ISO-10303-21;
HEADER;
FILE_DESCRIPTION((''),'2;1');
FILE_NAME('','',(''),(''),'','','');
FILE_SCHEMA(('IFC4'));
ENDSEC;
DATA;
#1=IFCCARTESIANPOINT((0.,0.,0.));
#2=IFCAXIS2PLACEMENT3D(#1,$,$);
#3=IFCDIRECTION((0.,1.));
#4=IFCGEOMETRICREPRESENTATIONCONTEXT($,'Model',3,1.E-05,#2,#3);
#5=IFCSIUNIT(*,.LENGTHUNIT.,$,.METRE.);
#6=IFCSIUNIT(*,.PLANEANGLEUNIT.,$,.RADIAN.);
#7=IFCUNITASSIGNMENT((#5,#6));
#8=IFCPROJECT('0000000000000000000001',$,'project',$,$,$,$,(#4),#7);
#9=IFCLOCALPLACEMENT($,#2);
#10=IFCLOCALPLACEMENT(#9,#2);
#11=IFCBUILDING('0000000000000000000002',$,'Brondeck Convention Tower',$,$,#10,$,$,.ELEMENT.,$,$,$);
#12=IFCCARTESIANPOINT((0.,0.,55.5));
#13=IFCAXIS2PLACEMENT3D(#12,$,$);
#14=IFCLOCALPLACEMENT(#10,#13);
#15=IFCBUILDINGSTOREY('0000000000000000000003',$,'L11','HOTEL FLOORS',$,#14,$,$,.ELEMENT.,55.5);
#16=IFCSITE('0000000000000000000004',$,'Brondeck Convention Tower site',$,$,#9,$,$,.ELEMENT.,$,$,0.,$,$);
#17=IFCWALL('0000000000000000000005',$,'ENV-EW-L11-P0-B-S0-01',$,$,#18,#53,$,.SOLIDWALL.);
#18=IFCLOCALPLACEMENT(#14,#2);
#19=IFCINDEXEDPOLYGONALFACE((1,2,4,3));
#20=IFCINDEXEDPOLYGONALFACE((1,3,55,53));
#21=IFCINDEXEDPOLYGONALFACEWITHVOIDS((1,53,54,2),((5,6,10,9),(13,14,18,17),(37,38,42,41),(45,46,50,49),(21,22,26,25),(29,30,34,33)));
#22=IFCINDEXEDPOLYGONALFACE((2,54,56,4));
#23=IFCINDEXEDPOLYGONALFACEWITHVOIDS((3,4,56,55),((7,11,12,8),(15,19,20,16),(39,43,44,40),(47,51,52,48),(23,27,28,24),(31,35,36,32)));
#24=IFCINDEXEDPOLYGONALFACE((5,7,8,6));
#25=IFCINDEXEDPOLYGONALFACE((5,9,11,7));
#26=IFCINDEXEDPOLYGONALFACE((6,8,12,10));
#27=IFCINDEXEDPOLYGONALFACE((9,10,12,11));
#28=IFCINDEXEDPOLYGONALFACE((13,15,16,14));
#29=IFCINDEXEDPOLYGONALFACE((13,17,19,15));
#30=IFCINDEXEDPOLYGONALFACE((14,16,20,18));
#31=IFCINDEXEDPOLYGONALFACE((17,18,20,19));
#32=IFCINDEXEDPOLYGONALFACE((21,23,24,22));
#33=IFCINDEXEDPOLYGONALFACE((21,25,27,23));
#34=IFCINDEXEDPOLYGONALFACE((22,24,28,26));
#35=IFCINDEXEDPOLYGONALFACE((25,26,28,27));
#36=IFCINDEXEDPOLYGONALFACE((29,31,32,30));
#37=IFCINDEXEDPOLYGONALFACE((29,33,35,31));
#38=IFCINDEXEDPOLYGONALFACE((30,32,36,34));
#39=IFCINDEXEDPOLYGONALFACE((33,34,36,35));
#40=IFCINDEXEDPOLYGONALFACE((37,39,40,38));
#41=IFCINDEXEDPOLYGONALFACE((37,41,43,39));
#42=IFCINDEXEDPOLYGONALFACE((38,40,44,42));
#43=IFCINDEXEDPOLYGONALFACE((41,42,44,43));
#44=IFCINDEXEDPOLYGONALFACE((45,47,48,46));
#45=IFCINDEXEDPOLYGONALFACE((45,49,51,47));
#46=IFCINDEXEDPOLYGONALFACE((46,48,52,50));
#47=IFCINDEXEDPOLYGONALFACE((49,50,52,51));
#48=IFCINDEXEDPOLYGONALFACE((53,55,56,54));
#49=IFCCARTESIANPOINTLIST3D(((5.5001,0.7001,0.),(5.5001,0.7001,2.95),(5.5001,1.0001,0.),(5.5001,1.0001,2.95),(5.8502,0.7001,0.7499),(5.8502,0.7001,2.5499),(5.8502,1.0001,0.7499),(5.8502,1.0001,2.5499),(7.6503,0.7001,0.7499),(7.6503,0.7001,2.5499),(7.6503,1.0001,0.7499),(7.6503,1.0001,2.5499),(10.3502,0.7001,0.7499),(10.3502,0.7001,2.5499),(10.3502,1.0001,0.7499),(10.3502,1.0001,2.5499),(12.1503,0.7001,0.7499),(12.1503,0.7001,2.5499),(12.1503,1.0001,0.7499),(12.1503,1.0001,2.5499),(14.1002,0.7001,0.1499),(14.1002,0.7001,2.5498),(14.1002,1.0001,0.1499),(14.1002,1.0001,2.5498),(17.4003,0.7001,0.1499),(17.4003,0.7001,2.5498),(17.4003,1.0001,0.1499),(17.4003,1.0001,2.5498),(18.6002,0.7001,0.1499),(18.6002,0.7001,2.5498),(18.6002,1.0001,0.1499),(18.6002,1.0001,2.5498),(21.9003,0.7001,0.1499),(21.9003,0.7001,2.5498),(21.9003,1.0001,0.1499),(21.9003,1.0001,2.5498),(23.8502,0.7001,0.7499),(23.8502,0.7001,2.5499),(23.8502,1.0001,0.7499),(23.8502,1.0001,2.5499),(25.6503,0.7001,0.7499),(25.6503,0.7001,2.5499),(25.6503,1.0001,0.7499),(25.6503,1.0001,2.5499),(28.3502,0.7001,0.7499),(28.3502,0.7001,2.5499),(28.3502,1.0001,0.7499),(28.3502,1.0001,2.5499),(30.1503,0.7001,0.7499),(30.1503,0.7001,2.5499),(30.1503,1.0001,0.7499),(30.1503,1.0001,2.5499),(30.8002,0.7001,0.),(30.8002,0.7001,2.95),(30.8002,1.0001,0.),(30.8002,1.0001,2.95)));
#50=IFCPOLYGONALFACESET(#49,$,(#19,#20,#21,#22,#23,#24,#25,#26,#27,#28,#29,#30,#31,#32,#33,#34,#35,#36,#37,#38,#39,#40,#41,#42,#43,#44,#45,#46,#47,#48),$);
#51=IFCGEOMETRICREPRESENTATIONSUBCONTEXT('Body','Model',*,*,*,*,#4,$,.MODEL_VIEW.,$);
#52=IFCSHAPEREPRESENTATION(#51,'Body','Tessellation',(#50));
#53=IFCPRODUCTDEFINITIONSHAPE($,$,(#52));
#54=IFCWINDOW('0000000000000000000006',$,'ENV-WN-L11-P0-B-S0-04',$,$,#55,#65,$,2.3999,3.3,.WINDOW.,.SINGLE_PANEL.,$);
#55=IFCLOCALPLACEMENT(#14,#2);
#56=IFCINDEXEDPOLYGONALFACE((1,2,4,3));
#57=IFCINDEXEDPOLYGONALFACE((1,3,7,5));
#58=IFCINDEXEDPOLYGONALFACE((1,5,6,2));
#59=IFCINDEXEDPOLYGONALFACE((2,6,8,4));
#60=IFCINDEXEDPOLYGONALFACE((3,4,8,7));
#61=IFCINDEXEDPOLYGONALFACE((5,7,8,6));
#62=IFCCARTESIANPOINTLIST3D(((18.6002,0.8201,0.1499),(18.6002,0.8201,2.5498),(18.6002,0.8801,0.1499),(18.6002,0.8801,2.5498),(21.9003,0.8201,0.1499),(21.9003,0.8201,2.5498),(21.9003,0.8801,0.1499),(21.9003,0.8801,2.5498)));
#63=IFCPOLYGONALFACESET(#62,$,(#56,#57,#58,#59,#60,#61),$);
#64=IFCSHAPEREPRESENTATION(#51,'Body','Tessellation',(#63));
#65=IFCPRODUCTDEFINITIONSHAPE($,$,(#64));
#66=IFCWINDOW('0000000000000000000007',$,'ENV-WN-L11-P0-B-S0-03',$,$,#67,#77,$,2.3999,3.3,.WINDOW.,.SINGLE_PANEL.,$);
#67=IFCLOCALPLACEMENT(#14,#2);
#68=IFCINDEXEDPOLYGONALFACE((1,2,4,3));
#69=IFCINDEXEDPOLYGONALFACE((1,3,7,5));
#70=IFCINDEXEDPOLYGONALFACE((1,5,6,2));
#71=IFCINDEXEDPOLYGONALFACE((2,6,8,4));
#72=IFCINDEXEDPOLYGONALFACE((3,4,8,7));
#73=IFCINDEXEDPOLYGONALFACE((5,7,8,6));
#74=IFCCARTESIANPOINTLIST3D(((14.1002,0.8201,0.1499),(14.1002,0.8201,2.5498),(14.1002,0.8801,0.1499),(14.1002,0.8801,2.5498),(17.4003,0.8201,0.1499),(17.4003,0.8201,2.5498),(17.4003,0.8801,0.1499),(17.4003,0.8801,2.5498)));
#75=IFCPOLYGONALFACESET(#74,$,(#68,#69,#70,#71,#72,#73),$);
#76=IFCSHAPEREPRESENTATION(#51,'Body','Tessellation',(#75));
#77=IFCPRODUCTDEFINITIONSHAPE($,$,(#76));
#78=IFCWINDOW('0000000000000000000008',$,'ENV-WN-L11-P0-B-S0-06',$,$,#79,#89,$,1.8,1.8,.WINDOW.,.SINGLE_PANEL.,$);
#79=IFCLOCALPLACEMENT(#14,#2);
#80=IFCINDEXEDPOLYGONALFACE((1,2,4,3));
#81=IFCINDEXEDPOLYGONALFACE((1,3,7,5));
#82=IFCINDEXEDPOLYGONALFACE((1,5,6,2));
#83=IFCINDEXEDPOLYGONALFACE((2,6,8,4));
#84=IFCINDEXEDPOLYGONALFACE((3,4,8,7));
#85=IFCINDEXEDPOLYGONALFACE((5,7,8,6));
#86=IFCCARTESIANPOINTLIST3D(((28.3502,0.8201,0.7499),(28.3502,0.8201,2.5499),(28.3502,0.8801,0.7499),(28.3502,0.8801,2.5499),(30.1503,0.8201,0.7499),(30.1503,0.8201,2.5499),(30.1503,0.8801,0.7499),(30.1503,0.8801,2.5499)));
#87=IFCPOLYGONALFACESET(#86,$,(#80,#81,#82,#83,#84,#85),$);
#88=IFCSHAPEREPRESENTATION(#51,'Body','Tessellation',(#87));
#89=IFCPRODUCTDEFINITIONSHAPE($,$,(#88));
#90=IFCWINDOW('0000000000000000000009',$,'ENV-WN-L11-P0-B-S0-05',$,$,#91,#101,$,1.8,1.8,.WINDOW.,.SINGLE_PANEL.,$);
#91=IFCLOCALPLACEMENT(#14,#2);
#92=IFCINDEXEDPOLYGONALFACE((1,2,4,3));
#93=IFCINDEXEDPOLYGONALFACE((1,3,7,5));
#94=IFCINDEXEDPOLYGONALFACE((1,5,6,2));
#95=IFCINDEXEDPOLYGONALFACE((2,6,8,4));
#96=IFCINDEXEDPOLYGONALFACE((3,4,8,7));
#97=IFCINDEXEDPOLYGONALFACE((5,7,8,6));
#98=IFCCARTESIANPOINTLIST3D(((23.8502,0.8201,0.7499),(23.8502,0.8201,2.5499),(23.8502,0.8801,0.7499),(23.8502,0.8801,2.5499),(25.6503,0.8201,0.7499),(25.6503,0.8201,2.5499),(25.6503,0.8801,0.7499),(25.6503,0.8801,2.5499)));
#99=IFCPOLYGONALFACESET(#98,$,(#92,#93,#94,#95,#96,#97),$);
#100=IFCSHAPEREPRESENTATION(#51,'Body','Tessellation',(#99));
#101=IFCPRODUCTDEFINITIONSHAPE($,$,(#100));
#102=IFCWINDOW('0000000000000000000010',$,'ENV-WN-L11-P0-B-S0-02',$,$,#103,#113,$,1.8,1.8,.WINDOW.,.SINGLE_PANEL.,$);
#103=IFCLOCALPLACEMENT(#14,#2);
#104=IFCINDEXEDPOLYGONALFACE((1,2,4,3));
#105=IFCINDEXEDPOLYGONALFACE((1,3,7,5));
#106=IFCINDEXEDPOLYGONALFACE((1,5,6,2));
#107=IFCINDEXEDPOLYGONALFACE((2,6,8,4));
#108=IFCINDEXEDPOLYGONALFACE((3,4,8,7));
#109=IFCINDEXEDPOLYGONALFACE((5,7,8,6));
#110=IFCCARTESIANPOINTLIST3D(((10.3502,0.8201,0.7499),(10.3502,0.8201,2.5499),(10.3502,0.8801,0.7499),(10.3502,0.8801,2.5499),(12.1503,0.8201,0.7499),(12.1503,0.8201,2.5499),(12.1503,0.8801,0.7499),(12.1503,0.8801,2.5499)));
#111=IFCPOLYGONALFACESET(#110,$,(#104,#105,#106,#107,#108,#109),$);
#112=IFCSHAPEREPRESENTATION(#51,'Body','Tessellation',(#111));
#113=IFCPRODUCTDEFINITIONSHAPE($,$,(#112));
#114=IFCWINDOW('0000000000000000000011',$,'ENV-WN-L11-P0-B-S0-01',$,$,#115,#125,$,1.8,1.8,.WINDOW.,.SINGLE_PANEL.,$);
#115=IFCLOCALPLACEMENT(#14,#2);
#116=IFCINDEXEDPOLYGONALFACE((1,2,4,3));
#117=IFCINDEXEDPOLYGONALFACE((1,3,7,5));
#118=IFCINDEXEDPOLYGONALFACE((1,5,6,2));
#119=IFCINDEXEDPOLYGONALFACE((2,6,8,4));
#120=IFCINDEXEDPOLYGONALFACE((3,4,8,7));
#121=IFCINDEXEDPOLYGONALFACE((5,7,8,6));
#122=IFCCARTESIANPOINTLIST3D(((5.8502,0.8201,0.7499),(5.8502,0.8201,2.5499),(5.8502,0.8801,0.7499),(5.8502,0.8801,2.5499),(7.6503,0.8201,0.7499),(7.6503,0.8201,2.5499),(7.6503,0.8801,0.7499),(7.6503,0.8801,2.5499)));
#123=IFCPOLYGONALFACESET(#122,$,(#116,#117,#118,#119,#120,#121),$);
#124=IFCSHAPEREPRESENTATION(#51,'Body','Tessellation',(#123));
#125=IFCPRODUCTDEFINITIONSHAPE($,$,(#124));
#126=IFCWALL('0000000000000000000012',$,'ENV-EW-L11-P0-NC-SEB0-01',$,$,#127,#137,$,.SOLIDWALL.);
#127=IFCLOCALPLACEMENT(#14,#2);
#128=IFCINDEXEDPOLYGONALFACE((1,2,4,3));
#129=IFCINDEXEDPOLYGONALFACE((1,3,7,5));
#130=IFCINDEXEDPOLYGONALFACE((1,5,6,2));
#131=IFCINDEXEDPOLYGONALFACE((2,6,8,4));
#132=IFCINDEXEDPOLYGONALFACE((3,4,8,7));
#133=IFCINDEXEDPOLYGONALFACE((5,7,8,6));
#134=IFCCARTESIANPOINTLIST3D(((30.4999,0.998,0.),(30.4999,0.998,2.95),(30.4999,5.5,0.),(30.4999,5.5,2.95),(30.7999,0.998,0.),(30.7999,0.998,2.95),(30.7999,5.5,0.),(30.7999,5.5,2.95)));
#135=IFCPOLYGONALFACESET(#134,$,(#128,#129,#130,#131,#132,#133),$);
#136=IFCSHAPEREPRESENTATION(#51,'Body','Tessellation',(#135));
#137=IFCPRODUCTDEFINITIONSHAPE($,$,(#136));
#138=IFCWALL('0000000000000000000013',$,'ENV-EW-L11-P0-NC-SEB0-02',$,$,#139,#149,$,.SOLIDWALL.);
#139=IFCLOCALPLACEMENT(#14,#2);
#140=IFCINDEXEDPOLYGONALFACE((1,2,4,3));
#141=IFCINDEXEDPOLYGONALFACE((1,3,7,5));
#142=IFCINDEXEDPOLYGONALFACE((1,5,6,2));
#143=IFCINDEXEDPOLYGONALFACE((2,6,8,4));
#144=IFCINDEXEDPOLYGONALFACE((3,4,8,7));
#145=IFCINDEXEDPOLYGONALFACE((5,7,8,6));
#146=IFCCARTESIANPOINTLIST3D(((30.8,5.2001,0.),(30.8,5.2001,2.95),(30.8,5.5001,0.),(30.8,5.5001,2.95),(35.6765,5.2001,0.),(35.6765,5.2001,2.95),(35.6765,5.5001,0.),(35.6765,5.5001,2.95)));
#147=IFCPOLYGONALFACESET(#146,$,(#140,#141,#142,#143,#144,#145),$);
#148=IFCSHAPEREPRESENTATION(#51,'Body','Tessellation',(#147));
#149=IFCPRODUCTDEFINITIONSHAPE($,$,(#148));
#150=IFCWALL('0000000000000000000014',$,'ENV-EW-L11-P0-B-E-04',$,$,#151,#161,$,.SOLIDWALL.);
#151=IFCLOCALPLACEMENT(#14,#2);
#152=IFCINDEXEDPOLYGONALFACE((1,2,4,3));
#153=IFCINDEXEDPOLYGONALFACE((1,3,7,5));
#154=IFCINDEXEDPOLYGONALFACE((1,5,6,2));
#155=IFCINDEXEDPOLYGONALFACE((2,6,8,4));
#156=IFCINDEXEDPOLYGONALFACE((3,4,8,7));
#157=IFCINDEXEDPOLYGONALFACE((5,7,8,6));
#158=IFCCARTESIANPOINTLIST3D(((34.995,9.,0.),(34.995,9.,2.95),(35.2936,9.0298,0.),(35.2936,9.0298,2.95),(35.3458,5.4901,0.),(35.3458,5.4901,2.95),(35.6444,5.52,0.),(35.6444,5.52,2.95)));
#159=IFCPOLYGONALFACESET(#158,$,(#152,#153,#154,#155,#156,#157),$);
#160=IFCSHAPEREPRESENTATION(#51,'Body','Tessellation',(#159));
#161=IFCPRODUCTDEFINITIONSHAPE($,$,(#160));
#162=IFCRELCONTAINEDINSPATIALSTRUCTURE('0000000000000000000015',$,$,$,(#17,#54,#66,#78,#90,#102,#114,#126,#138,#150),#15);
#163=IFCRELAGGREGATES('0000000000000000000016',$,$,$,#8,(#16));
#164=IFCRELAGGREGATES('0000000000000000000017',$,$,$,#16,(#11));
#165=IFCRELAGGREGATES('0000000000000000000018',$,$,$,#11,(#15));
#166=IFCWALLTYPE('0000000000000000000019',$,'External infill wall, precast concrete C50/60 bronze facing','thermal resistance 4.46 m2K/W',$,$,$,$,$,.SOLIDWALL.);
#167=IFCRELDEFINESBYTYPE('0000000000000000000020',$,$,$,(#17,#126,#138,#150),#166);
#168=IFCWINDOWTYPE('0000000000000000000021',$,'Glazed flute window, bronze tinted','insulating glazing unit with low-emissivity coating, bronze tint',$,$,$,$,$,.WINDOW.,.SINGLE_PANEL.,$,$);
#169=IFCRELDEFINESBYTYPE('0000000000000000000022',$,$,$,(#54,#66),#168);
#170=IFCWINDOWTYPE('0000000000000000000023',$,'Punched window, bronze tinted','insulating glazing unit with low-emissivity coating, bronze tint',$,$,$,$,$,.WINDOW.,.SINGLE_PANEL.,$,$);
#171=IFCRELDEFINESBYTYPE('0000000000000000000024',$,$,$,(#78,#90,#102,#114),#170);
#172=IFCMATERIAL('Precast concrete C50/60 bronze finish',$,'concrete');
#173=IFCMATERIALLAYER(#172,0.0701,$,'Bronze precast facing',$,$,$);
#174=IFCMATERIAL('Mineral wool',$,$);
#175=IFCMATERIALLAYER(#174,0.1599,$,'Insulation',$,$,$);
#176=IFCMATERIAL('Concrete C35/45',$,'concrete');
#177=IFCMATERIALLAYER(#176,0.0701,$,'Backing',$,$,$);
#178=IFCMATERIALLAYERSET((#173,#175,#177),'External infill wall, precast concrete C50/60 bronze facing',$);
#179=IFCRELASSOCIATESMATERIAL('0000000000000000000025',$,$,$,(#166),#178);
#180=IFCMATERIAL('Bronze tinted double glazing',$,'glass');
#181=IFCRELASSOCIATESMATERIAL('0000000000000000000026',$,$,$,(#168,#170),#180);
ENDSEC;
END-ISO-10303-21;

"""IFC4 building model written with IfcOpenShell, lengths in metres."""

from ifc_helpers import new_model, si_unit, direction, frame, frame_2d, origin, place, context, subcontext, project, spatial, rectangle, extrude, material, layer, layer_set, type_object, element, fill, save


model = new_model("IFC4")

# Units and contexts
model_context = context("Model", 3, precision=1e-05, world=origin(), true_north=direction((0.0, 1.0)))
body_context = subcontext(model_context, "Body", "Model", "MODEL_VIEW")
ifc_project = project(units=[si_unit("LENGTHUNIT", "METRE"), si_unit("PLANEANGLEUNIT", "RADIAN")], contexts=[model_context])

# Site, building, storey
site_placement = place(None, origin())
site = spatial("IfcSite", under=ifc_project, at=site_placement, Name="Brondeck Convention Tower site", CompositionType="ELEMENT", RefElevation=0.0)
building_placement = place(site_placement, origin())
building = spatial("IfcBuilding", under=site, at=building_placement, Name="Brondeck Convention Tower", CompositionType="ELEMENT")
storey_placement = place(building_placement, frame((0.0, 0.0, 55.5)))
storey = spatial("IfcBuildingStorey", under=building, at=storey_placement, Name="L11", Description="HOTEL FLOORS", CompositionType="ELEMENT", Elevation=55.5)

# Wall, openings, windows
ifc_material_1 = material(Name="Precast concrete C50/60 bronze finish", Category="concrete")
ifc_layer_1 = layer(ifc_material_1, 0.0701, Name="Bronze precast facing")
ifc_material_2 = material(Name="Mineral wool")
ifc_layer_2 = layer(ifc_material_2, 0.1599, Name="Insulation")
ifc_material_3 = material(Name="Concrete C35/45", Category="concrete")
ifc_layer_3 = layer(ifc_material_3, 0.0701, Name="Backing")
ifc_layer_set_1 = layer_set([ifc_layer_1, ifc_layer_2, ifc_layer_3], Name="External infill wall, precast concrete C50/60 bronze facing")
wall_type_1 = type_object("IfcWallType", Name="External infill wall, precast concrete C50/60 bronze facing", Description="thermal resistance 4.46 m2K/W", PredefinedType="SOLIDWALL", material=ifc_layer_set_1)
wall_1_placement = place(storey_placement, frame((30.8, 0.8501, 0.0), z_axis=(0.0, 0.0, 1.0), x_axis=(-1.0, 0.0, 0.0)))
wall_1 = element("IfcWall", 1, at=wall_1_placement, inside=storey, type_object=wall_type_1, Name="ENV-EW-L11-P0-B-S0-01", PredefinedType="SOLIDWALL", context=body_context, shape_type="SweptSolid", body=[
    extrude(rectangle(XDim=25.3, YDim=0.3, at=frame_2d((12.6499, 0.0))), origin(), (0.0, 0.0, 1.0), 2.95),
])
opening_1_placement = place(wall_1_placement, frame((0.6499, 0.0, 0.75)))
opening_1 = element("IfcOpeningElement", 2, at=opening_1_placement, cuts=wall_1, PredefinedType="OPENING", context=body_context, shape_type="SweptSolid", body=[
    extrude(rectangle(XDim=1.8, YDim=1.8, at=frame_2d((0.8999, 0.8999))), frame((0.0, 0.1599, 0.0), z_axis=(0.0, -1.0, 0.0), x_axis=(1.0, 0.0, 0.0)), (0.0, 0.0, 1.0), 0.3201),
])
opening_2_placement = place(wall_1_placement, frame((5.1499, 0.0, 0.75)))
opening_2 = element("IfcOpeningElement", 3, at=opening_2_placement, cuts=wall_1, PredefinedType="OPENING", context=body_context, shape_type="SweptSolid", body=[
    extrude(rectangle(XDim=1.8, YDim=1.8, at=frame_2d((0.8999, 0.8999))), frame((0.0, 0.1599, 0.0), z_axis=(0.0, -1.0, 0.0), x_axis=(1.0, 0.0, 0.0)), (0.0, 0.0, 1.0), 0.3201),
])
opening_3_placement = place(wall_1_placement, frame((8.8999, 0.0, 0.1499)))
opening_3 = element("IfcOpeningElement", 4, at=opening_3_placement, cuts=wall_1, PredefinedType="OPENING", context=body_context, shape_type="SweptSolid", body=[
    extrude(rectangle(XDim=3.3, YDim=2.3999, at=frame_2d((1.6499, 1.2))), frame((0.0, 0.1599, 0.0), z_axis=(0.0, -1.0, 0.0), x_axis=(1.0, 0.0, 0.0)), (0.0, 0.0, 1.0), 0.3201),
])
opening_4_placement = place(wall_1_placement, frame((13.3999, 0.0, 0.1499)))
opening_4 = element("IfcOpeningElement", 5, at=opening_4_placement, cuts=wall_1, PredefinedType="OPENING", context=body_context, shape_type="SweptSolid", body=[
    extrude(rectangle(XDim=3.3, YDim=2.3999, at=frame_2d((1.6499, 1.2))), frame((0.0, 0.1599, 0.0), z_axis=(0.0, -1.0, 0.0), x_axis=(1.0, 0.0, 0.0)), (0.0, 0.0, 1.0), 0.3201),
])
opening_5_placement = place(wall_1_placement, frame((18.6499, 0.0, 0.75)))
opening_5 = element("IfcOpeningElement", 6, at=opening_5_placement, cuts=wall_1, PredefinedType="OPENING", context=body_context, shape_type="SweptSolid", body=[
    extrude(rectangle(XDim=1.8, YDim=1.8, at=frame_2d((0.8999, 0.8999))), frame((0.0, 0.1599, 0.0), z_axis=(0.0, -1.0, 0.0), x_axis=(1.0, 0.0, 0.0)), (0.0, 0.0, 1.0), 0.3201),
])
opening_6_placement = place(wall_1_placement, frame((23.1499, 0.0, 0.75)))
opening_6 = element("IfcOpeningElement", 7, at=opening_6_placement, cuts=wall_1, PredefinedType="OPENING", context=body_context, shape_type="SweptSolid", body=[
    extrude(rectangle(XDim=1.8, YDim=1.8, at=frame_2d((0.8999, 0.8999))), frame((0.0, 0.1599, 0.0), z_axis=(0.0, -1.0, 0.0), x_axis=(1.0, 0.0, 0.0)), (0.0, 0.0, 1.0), 0.3201),
])
ifc_material_4 = material(Name="Bronze tinted double glazing", Category="glass")
window_type_1 = type_object("IfcWindowType", Name="Glazed flute window, bronze tinted", Description="insulating glazing unit with low-emissivity coating, bronze tint", PartitioningType="SINGLE_PANEL", PredefinedType="WINDOW", material=ifc_material_4)
window_1_placement = place(opening_3_placement, origin())
window_1 = element("IfcWindow", 8, at=window_1_placement, inside=storey, type_object=window_type_1, Name="ENV-WN-L11-P0-B-S0-04", OverallHeight=2.3999, OverallWidth=3.3, PartitioningType="SINGLE_PANEL", PredefinedType="WINDOW", context=body_context, shape_type="SweptSolid", body=[
    extrude(rectangle(XDim=3.3, YDim=2.3999, at=frame_2d((1.6499, 1.2))), frame((0.0, 0.03, 0.0), z_axis=(0.0, -1.0, 0.0), x_axis=(1.0, 0.0, 0.0)), (0.0, 0.0, 1.0), 0.0601),
])
fill(opening_3, window_1)
window_2_placement = place(opening_4_placement, origin())
window_2 = element("IfcWindow", 9, at=window_2_placement, inside=storey, type_object=window_type_1, Name="ENV-WN-L11-P0-B-S0-03", OverallHeight=2.3999, OverallWidth=3.3, PartitioningType="SINGLE_PANEL", PredefinedType="WINDOW", context=body_context, shape_type="SweptSolid", body=[
    extrude(rectangle(XDim=3.3, YDim=2.3999, at=frame_2d((1.6499, 1.2))), frame((0.0, 0.03, 0.0), z_axis=(0.0, -1.0, 0.0), x_axis=(1.0, 0.0, 0.0)), (0.0, 0.0, 1.0), 0.0601),
])
fill(opening_4, window_2)
window_type_2 = type_object("IfcWindowType", Name="Punched window, bronze tinted", Description="insulating glazing unit with low-emissivity coating, bronze tint", PartitioningType="SINGLE_PANEL", PredefinedType="WINDOW", material=ifc_material_4)
window_3_placement = place(opening_1_placement, origin())
window_3 = element("IfcWindow", 10, at=window_3_placement, inside=storey, type_object=window_type_2, Name="ENV-WN-L11-P0-B-S0-06", OverallHeight=1.8, OverallWidth=1.8, PartitioningType="SINGLE_PANEL", PredefinedType="WINDOW", context=body_context, shape_type="SweptSolid", body=[
    extrude(rectangle(XDim=1.8, YDim=1.8, at=frame_2d((0.8999, 0.8999))), frame((0.0, 0.03, 0.0), z_axis=(0.0, -1.0, 0.0), x_axis=(1.0, 0.0, 0.0)), (0.0, 0.0, 1.0), 0.0601),
])
fill(opening_1, window_3)
window_4_placement = place(opening_2_placement, origin())
window_4 = element("IfcWindow", 11, at=window_4_placement, inside=storey, type_object=window_type_2, Name="ENV-WN-L11-P0-B-S0-05", OverallHeight=1.8, OverallWidth=1.8, PartitioningType="SINGLE_PANEL", PredefinedType="WINDOW", context=body_context, shape_type="SweptSolid", body=[
    extrude(rectangle(XDim=1.8, YDim=1.8, at=frame_2d((0.8999, 0.8999))), frame((0.0, 0.03, 0.0), z_axis=(0.0, -1.0, 0.0), x_axis=(1.0, 0.0, 0.0)), (0.0, 0.0, 1.0), 0.0601),
])
fill(opening_2, window_4)
window_5_placement = place(opening_5_placement, origin())
window_5 = element("IfcWindow", 12, at=window_5_placement, inside=storey, type_object=window_type_2, Name="ENV-WN-L11-P0-B-S0-02", OverallHeight=1.8, OverallWidth=1.8, PartitioningType="SINGLE_PANEL", PredefinedType="WINDOW", context=body_context, shape_type="SweptSolid", body=[
    extrude(rectangle(XDim=1.8, YDim=1.8, at=frame_2d((0.8999, 0.8999))), frame((0.0, 0.03, 0.0), z_axis=(0.0, -1.0, 0.0), x_axis=(1.0, 0.0, 0.0)), (0.0, 0.0, 1.0), 0.0601),
])
fill(opening_5, window_5)
window_6_placement = place(opening_6_placement, origin())
window_6 = element("IfcWindow", 13, at=window_6_placement, inside=storey, type_object=window_type_2, Name="ENV-WN-L11-P0-B-S0-01", OverallHeight=1.8, OverallWidth=1.8, PartitioningType="SINGLE_PANEL", PredefinedType="WINDOW", context=body_context, shape_type="SweptSolid", body=[
    extrude(rectangle(XDim=1.8, YDim=1.8, at=frame_2d((0.8999, 0.8999))), frame((0.0, 0.03, 0.0), z_axis=(0.0, -1.0, 0.0), x_axis=(1.0, 0.0, 0.0)), (0.0, 0.0, 1.0), 0.0601),
])
fill(opening_6, window_6)

# Walls
wall_2_placement = place(storey_placement, frame((30.6499, 5.5, 0.0), z_axis=(0.0, 0.0, 1.0), x_axis=(0.0, -1.0, 0.0)))
element("IfcWall", 14, at=wall_2_placement, inside=storey, type_object=wall_type_1, Name="ENV-EW-L11-P0-NC-SEB0-01", PredefinedType="SOLIDWALL", context=body_context, shape_type="SweptSolid", body=[
    extrude(rectangle(XDim=4.502, YDim=0.3, at=frame_2d((2.251, 0.0))), origin(), (0.0, 0.0, 1.0), 2.95),
])
wall_3_placement = place(storey_placement, frame((35.6765, 5.3501, 0.0), z_axis=(0.0, 0.0, 1.0), x_axis=(-1.0, 0.0, 0.0)))
element("IfcWall", 15, at=wall_3_placement, inside=storey, type_object=wall_type_1, Name="ENV-EW-L11-P0-NC-SEB0-02", PredefinedType="SOLIDWALL", context=body_context, shape_type="SweptSolid", body=[
    extrude(rectangle(XDim=4.8765, YDim=0.3, at=frame_2d((2.4382, 0.0))), origin(), (0.0, 0.0, 1.0), 2.95),
])
wall_4_placement = place(storey_placement, frame((35.1443, 9.0149, 0.0), z_axis=(0.0, 0.0, 1.0), x_axis=(0.099463, -0.995041, 0.0)))
element("IfcWall", 16, at=wall_4_placement, inside=storey, type_object=wall_type_1, Name="ENV-EW-L11-P0-B-E-04", PredefinedType="SOLIDWALL", context=body_context, shape_type="SweptSolid", body=[
    extrude(rectangle(XDim=3.5273, YDim=0.3, at=frame_2d((1.7637, 0.0))), origin(), (0.0, 0.0, 1.0), 2.95),
])

save(model, "model.ifc")
